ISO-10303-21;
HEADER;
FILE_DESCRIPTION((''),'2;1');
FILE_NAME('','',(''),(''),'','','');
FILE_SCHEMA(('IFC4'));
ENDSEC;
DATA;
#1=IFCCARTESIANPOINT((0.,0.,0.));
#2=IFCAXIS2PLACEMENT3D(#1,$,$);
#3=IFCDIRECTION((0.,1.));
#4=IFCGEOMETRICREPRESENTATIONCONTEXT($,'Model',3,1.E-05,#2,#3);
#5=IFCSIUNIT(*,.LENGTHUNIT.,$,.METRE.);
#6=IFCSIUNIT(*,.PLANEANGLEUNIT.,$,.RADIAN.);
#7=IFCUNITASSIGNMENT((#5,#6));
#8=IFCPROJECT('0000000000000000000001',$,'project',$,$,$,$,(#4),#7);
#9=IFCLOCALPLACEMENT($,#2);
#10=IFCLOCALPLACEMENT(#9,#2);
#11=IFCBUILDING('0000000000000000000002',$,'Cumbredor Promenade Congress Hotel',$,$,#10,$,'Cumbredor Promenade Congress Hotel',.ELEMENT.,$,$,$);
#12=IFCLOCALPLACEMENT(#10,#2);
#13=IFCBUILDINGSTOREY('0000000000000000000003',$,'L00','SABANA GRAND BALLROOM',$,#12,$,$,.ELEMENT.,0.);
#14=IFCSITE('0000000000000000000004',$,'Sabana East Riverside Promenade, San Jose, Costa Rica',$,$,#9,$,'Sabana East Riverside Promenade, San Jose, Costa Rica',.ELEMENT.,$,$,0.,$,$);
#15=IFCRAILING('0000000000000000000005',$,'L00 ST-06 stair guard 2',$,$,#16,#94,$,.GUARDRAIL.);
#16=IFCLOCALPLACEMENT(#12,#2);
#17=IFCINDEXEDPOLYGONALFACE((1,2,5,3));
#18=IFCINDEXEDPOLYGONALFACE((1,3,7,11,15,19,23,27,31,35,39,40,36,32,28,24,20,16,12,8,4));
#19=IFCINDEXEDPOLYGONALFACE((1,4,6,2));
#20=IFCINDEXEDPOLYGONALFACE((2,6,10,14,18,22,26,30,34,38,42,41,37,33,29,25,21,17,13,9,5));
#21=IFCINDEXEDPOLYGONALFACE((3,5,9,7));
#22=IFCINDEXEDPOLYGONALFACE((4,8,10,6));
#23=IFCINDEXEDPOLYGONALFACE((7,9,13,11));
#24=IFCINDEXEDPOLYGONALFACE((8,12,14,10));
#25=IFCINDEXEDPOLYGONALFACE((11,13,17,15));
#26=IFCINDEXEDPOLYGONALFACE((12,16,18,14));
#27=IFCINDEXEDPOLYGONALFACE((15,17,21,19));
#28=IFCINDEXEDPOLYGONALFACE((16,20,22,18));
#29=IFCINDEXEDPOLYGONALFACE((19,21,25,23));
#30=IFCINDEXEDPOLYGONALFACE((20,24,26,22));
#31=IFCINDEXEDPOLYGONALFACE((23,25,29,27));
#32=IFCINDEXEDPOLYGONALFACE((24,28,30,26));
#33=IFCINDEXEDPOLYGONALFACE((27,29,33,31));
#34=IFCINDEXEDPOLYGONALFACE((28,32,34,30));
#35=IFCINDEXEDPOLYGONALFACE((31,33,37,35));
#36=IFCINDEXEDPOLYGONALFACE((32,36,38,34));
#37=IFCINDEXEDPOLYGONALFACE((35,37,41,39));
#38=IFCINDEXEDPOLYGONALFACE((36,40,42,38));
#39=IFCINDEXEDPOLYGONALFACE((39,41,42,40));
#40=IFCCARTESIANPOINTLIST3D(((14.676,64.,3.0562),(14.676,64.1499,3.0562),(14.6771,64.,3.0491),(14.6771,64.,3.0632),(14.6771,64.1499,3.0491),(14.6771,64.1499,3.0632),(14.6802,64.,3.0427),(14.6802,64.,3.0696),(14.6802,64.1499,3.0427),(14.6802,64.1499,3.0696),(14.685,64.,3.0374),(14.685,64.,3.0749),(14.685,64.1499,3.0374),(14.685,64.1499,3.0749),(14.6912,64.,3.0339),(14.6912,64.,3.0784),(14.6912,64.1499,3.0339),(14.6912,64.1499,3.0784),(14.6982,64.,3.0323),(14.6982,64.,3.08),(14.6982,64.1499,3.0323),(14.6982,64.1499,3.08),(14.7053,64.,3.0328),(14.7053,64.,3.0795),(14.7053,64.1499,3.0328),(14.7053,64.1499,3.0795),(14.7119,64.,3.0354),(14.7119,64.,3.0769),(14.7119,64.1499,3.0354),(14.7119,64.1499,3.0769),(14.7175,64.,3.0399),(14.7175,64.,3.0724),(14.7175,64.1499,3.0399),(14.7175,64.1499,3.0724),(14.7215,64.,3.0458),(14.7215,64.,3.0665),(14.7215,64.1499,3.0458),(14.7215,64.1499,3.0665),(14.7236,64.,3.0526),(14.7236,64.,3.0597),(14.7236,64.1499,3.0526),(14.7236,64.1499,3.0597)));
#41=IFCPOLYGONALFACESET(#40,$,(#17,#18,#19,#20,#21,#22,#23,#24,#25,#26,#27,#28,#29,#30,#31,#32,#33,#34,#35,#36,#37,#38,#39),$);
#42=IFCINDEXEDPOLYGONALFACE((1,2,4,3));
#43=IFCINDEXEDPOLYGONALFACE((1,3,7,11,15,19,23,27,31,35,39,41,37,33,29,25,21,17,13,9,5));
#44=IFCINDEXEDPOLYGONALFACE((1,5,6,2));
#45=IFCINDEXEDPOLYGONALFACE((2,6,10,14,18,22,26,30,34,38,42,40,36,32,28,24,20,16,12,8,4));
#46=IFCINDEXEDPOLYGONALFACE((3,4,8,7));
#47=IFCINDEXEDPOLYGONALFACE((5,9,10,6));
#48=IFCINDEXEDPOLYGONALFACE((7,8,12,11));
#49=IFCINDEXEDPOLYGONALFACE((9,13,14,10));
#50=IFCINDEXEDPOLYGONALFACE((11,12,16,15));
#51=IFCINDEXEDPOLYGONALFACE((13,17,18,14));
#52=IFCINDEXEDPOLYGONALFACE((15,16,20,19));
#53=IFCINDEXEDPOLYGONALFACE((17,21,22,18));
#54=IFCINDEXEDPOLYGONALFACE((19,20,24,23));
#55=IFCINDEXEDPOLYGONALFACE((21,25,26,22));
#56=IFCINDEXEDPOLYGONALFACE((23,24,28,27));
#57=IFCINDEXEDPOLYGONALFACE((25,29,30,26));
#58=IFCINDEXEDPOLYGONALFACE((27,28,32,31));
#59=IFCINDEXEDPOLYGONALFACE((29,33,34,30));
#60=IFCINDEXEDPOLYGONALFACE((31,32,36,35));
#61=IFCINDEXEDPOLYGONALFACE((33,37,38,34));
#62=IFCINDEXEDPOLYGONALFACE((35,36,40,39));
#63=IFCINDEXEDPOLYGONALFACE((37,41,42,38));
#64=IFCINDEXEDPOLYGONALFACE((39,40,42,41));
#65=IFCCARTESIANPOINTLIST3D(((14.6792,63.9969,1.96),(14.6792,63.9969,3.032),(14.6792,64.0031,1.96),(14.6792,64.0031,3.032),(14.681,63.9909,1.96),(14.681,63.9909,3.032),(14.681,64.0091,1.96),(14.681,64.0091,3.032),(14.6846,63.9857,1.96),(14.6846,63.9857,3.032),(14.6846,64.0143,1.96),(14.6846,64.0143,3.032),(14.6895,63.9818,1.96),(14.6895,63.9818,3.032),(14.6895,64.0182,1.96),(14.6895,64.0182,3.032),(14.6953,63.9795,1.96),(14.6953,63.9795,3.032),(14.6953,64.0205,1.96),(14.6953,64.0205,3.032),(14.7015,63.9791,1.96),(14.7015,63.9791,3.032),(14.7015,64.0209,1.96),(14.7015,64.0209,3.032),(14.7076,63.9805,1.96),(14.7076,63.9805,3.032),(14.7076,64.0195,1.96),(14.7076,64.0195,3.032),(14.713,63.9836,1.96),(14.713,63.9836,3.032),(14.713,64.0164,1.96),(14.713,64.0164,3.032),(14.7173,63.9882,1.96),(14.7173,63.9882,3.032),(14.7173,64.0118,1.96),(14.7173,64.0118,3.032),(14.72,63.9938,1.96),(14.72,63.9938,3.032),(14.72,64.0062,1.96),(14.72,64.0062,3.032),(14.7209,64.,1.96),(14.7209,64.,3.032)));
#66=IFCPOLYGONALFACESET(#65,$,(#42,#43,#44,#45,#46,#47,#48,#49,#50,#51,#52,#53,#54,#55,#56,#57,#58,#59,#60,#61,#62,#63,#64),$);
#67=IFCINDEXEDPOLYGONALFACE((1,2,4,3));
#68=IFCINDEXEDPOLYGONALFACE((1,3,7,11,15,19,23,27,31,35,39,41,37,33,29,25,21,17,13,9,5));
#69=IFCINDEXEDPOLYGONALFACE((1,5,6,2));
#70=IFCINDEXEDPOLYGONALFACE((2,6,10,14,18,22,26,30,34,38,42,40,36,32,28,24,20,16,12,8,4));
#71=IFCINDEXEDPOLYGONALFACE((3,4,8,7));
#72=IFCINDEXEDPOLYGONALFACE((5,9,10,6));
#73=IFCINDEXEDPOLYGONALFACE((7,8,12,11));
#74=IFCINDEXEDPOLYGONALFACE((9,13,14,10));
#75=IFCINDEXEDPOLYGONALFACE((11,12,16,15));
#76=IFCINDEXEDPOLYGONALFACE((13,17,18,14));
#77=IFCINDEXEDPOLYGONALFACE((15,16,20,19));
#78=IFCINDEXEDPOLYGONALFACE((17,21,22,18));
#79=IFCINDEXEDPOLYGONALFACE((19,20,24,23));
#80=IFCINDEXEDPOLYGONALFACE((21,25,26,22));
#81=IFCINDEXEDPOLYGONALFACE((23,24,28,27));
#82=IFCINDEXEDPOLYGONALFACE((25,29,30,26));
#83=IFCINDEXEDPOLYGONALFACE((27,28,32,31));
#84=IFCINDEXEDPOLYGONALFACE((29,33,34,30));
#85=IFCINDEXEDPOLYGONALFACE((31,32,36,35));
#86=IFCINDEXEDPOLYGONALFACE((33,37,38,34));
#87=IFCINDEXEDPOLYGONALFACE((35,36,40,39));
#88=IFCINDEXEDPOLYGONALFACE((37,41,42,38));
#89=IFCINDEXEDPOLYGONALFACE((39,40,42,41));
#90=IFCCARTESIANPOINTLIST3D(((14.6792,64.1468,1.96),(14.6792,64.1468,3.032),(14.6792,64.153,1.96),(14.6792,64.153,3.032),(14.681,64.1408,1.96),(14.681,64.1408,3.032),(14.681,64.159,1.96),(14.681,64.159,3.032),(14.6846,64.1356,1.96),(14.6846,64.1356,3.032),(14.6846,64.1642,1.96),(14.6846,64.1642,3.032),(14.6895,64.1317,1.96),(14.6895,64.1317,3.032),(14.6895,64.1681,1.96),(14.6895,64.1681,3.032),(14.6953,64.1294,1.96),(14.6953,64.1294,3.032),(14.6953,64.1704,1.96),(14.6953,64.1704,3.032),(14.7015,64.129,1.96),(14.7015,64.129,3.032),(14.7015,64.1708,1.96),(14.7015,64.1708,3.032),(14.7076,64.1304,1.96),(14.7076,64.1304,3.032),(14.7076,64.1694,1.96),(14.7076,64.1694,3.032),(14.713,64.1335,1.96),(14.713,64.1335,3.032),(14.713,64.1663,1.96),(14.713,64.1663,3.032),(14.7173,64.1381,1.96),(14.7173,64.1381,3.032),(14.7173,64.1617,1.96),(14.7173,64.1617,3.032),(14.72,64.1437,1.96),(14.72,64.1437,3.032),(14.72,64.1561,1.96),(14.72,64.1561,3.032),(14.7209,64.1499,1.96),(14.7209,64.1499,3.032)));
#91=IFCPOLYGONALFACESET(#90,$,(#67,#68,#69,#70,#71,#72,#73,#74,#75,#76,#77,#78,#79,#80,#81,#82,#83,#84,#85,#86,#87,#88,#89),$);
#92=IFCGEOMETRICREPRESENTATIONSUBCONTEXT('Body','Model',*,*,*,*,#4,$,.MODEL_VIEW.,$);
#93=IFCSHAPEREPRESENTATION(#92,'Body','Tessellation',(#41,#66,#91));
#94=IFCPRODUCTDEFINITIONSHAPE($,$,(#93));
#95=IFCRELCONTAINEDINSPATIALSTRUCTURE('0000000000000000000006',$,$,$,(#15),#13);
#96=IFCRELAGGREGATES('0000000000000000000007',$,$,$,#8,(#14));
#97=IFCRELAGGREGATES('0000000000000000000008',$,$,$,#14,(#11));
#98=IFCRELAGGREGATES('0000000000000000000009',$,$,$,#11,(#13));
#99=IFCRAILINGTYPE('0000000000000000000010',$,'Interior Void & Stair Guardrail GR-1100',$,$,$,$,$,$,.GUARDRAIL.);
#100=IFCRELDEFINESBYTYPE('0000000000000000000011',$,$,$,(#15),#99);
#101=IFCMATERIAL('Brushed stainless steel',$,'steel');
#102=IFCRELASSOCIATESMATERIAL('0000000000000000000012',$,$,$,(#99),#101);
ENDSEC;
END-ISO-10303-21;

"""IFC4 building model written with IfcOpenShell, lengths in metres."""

from ifc_helpers import new_model, si_unit, direction, frame, origin, origin_2d, place, context, subcontext, project, spatial, circle, extrude, material, type_object, element, save


model = new_model("IFC4")

# Units and contexts
model_context = context("Model", 3, precision=1e-05, world=origin(), true_north=direction((0.0, 1.0)))
body_context = subcontext(model_context, "Body", "Model", "MODEL_VIEW")
ifc_project = project(units=[si_unit("LENGTHUNIT", "METRE"), si_unit("PLANEANGLEUNIT", "RADIAN")], contexts=[model_context])

# Site, building, storey
site_placement = place(None, origin())
site = spatial("IfcSite", under=ifc_project, at=site_placement, Name="Sabana East Riverside Promenade, San Jose, Costa Rica", LongName="Sabana East Riverside Promenade, San Jose, Costa Rica", CompositionType="ELEMENT", RefElevation=0.0)
building_placement = place(site_placement, origin())
building = spatial("IfcBuilding", under=site, at=building_placement, Name="Cumbredor Promenade Congress Hotel", LongName="Cumbredor Promenade Congress Hotel", CompositionType="ELEMENT")
storey_placement = place(building_placement, origin())
storey = spatial("IfcBuildingStorey", under=building, at=storey_placement, Name="L00", Description="SABANA GRAND BALLROOM", CompositionType="ELEMENT", Elevation=0.0)

# Railing
ifc_material_1 = material(Name="Brushed stainless steel", Category="steel")
railing_type_1 = type_object("IfcRailingType", Name="Interior Void & Stair Guardrail GR-1100", PredefinedType="GUARDRAIL", material=ifc_material_1)
railing_1_placement = place(storey_placement, frame((14.7, 64.0, 1.96)))
element("IfcRailing", 1, at=railing_1_placement, inside=storey, type_object=railing_type_1, Name="L00 ST-06 stair guard 2", PredefinedType="GUARDRAIL", context=body_context, shape_type="SweptSolid", body=[
    extrude(circle(Radius=0.0239, at=origin_2d()), frame((0.0, 0.0, 1.0962), z_axis=(0.0, 1.0, 0.0), x_axis=(-1.0, 0.0, 0.0)), (0.0, 0.0, 1.0), 0.1499),
    extrude(circle(Radius=0.021, at=origin_2d()), origin(), (0.0, 0.0, 1.0), 1.072),
    extrude(circle(Radius=0.021, at=origin_2d()), frame((0.0, 0.1499, 0.0)), (0.0, 0.0, 1.0), 1.072),
])

save(model, "model.ifc")
